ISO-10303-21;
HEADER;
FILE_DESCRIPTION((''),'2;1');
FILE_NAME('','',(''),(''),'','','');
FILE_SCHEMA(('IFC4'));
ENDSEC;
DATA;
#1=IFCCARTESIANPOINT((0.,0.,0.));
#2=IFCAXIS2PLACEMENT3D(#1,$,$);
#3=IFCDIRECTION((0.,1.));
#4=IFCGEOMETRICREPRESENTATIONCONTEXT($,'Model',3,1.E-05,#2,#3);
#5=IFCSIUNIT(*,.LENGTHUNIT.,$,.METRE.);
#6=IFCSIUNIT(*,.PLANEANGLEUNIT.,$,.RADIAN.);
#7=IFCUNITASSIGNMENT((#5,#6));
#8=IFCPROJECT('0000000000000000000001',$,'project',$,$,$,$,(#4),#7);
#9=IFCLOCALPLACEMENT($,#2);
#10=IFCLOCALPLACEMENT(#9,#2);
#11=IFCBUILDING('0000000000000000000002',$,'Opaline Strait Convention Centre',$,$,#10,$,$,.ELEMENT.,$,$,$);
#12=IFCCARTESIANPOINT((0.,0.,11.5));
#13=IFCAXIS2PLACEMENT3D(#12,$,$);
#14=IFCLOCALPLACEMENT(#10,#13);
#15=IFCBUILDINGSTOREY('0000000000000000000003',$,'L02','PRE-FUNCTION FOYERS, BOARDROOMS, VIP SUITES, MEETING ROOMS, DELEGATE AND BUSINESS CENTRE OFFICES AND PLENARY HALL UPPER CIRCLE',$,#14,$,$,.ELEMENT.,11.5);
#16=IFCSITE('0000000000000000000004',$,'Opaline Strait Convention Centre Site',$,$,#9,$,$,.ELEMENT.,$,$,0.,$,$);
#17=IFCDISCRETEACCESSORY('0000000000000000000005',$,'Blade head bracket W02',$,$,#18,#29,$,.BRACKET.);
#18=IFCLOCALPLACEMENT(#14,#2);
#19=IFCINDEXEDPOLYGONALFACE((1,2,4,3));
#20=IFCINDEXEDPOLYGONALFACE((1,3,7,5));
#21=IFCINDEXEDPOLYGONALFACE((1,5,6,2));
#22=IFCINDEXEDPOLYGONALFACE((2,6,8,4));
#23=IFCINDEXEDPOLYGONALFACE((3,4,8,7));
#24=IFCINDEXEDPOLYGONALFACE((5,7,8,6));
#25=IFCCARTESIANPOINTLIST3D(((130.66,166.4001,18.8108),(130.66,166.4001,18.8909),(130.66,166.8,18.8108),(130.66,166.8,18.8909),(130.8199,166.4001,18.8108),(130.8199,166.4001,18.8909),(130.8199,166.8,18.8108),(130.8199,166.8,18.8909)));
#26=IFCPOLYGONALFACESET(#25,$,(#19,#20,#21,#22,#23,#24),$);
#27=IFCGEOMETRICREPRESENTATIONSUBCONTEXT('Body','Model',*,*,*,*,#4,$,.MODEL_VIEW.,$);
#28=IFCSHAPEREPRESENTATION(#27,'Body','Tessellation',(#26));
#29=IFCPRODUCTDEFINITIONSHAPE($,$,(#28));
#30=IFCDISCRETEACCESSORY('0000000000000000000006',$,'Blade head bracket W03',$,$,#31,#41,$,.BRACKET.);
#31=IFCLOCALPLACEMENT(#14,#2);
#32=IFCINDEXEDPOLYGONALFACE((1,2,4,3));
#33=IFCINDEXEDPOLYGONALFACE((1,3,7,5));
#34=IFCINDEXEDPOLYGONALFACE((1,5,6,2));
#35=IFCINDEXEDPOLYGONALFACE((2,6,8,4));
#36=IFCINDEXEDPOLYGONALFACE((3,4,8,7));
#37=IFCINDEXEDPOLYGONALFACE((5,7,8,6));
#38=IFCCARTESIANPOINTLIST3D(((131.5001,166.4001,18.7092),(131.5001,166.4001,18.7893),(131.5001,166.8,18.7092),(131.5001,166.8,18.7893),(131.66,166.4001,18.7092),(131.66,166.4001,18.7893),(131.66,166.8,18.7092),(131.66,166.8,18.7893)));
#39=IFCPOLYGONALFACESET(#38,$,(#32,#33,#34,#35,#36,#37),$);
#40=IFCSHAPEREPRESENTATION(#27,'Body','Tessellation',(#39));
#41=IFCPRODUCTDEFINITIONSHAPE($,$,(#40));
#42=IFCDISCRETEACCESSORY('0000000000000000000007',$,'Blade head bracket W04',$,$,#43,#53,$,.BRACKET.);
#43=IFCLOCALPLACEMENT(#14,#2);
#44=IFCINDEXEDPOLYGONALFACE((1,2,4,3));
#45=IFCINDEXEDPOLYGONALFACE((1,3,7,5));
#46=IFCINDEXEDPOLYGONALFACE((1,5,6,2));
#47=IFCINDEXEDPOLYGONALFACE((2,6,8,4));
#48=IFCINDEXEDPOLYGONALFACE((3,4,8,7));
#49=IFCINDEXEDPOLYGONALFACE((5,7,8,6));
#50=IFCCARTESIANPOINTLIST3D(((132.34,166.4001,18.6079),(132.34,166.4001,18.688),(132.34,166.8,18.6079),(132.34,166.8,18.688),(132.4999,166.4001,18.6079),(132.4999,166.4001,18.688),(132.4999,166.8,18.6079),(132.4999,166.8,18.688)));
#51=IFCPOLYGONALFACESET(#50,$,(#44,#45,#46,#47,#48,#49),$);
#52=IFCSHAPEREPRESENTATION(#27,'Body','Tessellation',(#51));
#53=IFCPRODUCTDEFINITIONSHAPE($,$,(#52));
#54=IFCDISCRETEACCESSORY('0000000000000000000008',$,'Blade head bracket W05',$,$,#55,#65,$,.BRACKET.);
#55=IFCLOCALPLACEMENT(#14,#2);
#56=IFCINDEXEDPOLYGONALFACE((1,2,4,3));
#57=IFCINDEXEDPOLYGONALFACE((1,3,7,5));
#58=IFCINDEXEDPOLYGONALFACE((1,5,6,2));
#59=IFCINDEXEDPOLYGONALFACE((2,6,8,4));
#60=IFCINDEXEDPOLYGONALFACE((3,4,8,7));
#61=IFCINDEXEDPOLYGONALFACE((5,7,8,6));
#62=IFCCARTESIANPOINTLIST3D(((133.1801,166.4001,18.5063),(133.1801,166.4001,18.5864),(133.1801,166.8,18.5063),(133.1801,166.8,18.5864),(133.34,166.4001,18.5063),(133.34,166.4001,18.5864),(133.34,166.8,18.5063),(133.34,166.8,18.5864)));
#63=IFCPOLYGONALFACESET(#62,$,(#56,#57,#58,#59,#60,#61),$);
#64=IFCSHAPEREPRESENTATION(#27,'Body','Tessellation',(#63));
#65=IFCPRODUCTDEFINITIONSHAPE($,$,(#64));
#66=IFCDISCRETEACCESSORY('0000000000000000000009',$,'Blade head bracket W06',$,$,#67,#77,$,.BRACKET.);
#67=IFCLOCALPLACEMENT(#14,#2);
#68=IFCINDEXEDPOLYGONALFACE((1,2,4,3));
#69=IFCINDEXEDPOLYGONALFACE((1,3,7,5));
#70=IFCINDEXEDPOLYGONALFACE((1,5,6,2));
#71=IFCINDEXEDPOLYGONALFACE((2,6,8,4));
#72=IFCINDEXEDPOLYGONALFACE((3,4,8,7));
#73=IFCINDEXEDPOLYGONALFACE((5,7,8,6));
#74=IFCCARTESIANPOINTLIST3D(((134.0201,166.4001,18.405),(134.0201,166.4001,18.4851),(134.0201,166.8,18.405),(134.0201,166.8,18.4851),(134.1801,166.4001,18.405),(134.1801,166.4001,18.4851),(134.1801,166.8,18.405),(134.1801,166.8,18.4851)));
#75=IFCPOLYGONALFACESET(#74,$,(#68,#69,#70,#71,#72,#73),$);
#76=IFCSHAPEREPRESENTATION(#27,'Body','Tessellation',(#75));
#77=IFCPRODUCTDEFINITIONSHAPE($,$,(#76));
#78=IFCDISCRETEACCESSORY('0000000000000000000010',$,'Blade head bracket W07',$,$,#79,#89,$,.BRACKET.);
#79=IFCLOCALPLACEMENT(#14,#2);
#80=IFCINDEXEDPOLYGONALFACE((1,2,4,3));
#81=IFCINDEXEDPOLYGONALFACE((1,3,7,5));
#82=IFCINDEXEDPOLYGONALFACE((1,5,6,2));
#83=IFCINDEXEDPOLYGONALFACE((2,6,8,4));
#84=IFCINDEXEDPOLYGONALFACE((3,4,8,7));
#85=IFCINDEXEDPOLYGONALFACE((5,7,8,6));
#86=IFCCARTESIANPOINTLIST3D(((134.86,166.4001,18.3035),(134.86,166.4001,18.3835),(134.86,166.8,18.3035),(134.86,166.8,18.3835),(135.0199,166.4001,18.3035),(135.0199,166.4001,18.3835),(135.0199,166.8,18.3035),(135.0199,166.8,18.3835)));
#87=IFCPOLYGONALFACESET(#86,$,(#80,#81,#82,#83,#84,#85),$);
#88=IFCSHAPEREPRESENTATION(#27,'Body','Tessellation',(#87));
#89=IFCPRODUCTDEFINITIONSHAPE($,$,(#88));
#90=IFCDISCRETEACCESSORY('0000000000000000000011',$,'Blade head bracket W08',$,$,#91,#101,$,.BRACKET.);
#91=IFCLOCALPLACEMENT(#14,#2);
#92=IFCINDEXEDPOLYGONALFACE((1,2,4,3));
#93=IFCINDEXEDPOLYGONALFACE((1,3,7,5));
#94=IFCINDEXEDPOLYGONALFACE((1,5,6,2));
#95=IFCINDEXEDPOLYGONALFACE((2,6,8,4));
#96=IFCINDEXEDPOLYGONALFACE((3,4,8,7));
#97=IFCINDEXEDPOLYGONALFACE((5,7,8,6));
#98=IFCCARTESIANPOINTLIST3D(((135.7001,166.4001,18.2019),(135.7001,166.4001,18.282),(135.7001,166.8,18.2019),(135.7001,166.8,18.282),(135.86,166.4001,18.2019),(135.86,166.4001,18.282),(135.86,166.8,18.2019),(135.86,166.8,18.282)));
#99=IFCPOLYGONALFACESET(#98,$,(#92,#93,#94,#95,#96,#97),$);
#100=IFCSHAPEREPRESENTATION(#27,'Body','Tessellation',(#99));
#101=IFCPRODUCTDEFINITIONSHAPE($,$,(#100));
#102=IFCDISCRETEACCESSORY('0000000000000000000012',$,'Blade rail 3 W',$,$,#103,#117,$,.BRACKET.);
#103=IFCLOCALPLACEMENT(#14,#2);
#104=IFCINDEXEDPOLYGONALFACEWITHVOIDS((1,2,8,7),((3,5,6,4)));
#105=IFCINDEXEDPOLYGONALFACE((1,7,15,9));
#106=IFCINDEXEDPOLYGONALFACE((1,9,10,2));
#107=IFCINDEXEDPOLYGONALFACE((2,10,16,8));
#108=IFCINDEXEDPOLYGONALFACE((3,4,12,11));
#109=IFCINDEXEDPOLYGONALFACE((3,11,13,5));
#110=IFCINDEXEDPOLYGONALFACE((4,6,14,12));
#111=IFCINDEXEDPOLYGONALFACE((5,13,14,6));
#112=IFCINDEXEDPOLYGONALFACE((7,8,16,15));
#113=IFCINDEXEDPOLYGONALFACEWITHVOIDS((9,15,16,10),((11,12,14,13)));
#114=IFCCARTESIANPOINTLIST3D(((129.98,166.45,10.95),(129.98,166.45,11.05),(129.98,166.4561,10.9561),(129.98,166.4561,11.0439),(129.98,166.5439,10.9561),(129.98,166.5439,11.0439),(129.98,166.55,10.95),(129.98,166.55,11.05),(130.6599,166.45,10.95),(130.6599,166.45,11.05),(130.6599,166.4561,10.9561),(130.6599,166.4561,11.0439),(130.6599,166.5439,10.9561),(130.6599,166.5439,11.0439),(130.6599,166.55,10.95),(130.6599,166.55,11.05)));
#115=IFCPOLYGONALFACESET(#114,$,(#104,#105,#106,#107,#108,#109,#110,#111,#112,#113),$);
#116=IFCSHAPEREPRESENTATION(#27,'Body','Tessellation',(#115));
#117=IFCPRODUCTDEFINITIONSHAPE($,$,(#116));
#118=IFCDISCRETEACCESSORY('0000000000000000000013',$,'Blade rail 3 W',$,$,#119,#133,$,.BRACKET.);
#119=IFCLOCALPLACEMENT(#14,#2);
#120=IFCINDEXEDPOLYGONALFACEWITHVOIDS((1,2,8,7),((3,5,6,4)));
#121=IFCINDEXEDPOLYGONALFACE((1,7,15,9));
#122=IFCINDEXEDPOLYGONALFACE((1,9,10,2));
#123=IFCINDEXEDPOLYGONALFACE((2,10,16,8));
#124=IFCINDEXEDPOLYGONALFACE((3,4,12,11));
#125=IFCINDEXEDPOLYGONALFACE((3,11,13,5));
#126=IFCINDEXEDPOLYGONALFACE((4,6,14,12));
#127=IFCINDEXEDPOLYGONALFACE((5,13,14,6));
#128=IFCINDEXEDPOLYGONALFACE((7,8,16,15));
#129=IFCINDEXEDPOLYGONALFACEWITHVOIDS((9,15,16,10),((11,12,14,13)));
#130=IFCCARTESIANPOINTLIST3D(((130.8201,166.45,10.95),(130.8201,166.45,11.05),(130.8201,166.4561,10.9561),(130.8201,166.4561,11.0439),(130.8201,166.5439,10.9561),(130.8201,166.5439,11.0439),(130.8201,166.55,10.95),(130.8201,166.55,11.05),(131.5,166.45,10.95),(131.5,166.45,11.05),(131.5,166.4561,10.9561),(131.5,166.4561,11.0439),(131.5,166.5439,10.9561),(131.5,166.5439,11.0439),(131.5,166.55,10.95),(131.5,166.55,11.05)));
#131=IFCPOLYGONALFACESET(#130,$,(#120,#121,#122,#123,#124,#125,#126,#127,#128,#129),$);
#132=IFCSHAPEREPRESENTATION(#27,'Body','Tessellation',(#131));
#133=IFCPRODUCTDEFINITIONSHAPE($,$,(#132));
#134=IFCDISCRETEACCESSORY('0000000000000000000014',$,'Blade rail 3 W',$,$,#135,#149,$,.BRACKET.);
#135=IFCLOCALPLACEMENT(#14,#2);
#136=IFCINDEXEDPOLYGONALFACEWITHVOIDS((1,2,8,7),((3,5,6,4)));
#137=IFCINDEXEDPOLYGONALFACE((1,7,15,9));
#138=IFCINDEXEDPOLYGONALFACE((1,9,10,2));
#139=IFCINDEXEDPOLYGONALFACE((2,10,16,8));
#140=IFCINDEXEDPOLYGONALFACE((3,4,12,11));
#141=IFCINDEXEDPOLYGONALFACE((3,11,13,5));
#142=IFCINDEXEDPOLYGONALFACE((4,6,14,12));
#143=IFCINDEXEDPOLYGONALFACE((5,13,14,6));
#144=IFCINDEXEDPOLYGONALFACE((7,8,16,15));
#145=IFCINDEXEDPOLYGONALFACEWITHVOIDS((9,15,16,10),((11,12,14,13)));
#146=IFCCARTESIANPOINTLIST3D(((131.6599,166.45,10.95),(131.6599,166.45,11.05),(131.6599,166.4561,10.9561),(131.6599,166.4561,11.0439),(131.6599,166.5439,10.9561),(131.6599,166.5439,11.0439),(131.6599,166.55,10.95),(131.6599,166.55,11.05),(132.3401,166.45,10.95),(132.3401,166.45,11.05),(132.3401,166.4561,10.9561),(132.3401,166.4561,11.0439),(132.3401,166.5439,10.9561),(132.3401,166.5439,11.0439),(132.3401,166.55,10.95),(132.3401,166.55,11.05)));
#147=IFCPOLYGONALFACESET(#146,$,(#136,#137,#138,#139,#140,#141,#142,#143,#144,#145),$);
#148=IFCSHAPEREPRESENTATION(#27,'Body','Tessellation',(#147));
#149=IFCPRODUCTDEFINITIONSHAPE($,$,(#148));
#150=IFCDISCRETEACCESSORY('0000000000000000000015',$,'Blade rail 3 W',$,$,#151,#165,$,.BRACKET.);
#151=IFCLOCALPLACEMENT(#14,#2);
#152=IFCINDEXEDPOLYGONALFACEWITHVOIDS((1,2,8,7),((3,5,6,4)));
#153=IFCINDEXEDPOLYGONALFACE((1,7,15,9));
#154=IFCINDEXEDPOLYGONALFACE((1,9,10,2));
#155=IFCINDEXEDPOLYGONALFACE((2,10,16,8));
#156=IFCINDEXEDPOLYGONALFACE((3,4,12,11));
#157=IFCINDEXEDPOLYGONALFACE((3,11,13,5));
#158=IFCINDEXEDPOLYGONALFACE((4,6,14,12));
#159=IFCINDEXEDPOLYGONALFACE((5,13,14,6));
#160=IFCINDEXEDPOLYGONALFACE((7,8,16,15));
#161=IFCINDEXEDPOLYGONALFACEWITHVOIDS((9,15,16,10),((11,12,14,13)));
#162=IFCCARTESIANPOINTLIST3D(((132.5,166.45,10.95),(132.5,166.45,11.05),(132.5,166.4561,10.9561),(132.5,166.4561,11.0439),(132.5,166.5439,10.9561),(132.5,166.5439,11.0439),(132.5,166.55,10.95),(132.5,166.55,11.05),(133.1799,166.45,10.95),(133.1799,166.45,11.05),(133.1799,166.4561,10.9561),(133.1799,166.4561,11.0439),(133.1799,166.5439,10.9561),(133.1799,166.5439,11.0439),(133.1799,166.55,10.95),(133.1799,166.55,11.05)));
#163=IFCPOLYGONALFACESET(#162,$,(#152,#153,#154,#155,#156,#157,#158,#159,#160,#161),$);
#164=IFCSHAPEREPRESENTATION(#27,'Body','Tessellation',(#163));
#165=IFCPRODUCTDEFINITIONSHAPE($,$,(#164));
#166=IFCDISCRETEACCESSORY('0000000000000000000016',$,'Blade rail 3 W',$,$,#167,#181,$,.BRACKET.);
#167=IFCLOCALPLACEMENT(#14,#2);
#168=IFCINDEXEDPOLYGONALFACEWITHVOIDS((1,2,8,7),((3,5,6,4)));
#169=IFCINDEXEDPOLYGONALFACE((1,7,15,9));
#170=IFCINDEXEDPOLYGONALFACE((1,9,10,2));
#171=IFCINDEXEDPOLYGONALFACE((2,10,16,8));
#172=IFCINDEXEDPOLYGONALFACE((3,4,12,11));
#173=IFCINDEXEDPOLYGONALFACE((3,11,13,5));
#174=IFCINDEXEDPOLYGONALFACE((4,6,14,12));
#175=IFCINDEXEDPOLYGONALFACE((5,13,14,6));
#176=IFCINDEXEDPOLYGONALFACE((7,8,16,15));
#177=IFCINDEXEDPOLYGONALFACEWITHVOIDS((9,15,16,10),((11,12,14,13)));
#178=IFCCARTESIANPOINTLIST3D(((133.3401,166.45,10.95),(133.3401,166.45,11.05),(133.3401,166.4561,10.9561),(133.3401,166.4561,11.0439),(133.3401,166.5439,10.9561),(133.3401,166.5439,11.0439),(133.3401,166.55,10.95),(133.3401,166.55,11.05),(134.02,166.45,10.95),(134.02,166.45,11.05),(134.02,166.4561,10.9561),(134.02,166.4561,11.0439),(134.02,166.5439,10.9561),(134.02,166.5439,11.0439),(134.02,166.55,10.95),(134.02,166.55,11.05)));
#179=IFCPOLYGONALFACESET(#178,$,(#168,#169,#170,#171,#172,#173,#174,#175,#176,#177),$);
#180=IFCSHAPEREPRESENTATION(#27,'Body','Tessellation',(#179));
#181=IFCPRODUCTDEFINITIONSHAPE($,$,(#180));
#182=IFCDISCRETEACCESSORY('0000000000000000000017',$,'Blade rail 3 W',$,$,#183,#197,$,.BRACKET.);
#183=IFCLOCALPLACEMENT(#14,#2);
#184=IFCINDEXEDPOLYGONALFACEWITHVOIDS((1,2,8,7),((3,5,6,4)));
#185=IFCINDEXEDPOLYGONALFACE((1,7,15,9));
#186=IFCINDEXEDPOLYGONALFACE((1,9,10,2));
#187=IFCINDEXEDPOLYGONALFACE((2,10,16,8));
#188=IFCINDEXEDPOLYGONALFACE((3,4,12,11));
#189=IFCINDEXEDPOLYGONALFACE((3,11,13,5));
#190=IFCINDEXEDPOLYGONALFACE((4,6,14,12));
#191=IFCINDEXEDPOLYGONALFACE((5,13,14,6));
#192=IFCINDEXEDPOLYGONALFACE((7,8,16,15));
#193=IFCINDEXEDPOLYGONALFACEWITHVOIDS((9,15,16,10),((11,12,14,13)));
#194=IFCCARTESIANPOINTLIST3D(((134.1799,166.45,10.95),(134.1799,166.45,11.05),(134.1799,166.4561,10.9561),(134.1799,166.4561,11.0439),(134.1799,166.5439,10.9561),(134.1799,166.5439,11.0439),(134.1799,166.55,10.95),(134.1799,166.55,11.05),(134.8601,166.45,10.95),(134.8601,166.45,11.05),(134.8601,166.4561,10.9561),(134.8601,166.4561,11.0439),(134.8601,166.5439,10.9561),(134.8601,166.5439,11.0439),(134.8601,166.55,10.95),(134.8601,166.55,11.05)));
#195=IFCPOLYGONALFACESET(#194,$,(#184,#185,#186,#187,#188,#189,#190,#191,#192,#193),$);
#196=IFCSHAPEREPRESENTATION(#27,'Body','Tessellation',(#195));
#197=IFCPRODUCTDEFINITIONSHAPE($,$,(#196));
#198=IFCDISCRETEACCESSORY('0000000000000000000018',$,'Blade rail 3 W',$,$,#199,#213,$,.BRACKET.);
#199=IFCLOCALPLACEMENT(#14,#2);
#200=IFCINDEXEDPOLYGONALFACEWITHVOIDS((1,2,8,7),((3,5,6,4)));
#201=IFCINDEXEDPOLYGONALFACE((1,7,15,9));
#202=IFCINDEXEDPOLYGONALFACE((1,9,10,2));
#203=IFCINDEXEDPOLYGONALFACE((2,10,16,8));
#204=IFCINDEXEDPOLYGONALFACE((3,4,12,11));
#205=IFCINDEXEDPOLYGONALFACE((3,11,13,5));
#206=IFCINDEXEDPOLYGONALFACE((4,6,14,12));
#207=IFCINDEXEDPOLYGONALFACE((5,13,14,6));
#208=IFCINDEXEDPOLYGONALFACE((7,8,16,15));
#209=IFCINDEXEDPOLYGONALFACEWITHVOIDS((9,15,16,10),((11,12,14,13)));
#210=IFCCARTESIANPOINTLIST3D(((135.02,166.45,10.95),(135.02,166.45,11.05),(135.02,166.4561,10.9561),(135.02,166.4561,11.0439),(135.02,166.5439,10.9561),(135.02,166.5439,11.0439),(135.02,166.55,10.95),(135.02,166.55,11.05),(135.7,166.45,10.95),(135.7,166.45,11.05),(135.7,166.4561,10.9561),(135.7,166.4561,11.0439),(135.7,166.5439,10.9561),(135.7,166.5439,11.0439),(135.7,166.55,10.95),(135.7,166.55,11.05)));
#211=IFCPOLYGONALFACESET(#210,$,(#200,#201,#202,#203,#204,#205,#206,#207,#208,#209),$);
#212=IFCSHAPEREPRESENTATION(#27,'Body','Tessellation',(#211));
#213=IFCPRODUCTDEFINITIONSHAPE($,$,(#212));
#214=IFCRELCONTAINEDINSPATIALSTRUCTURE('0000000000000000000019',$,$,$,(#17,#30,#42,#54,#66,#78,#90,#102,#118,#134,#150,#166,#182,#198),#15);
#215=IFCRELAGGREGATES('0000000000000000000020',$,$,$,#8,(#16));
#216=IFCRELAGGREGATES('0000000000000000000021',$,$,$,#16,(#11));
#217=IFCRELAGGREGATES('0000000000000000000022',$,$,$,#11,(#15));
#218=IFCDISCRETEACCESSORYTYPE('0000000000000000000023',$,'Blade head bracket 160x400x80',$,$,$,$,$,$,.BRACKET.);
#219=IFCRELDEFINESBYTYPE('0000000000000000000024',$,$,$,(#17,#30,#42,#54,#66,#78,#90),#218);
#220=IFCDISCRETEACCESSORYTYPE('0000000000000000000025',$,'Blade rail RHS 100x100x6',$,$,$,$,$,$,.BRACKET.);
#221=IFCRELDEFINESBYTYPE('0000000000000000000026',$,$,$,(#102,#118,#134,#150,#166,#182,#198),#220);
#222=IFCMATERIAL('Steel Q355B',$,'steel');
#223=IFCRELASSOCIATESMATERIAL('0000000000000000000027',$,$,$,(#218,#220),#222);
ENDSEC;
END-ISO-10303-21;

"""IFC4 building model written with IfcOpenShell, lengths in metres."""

from ifc_helpers import new_model, si_unit, direction, frame, origin, origin_2d, place, context, subcontext, project, spatial, rectangle, hollow_rectangle, extrude, material, material_profile, profile_set, type_object, element, save


model = new_model("IFC4")

# Units and contexts
model_context = context("Model", 3, precision=1e-05, world=origin(), true_north=direction((0.0, 1.0)))
body_context = subcontext(model_context, "Body", "Model", "MODEL_VIEW")
ifc_project = project(units=[si_unit("LENGTHUNIT", "METRE"), si_unit("PLANEANGLEUNIT", "RADIAN")], contexts=[model_context])

# Site, building, storey
site_placement = place(None, origin())
site = spatial("IfcSite", under=ifc_project, at=site_placement, Name="Opaline Strait Convention Centre Site", CompositionType="ELEMENT", RefElevation=0.0)
building_placement = place(site_placement, origin())
building = spatial("IfcBuilding", under=site, at=building_placement, Name="Opaline Strait Convention Centre", CompositionType="ELEMENT")
storey_placement = place(building_placement, frame((0.0, 0.0, 11.5)))
storey = spatial("IfcBuildingStorey", under=building, at=storey_placement, Name="L02", Description="PRE-FUNCTION FOYERS, BOARDROOMS, VIP SUITES, MEETING ROOMS, DELEGATE AND BUSINESS CENTRE OFFICES AND PLENARY HALL UPPER CIRCLE", CompositionType="ELEMENT", Elevation=11.5)

# Shared definitions
ifc_material_1 = material(Name="Steel Q355B", Category="steel")

# Discrete accessories
discrete_accessory_type_1 = type_object("IfcDiscreteAccessoryType", Name="Blade head bracket 160x400x80", PredefinedType="BRACKET", material=ifc_material_1)
for number, where, z_axis, x_axis, name in (
    (1, (130.74, 166.6001, 18.8108), (0.0, 0.0, 1.0), (1.0, 0.0, 0.0), "Blade head bracket W02"),
    (2, (131.5801, 166.6001, 18.7092), (0.0, 0.0, 1.0), (1.0, 0.0, 0.0), "Blade head bracket W03"),
    (3, (132.4199, 166.6001, 18.6079), (0.0, 0.0, 1.0), (1.0, 0.0, 0.0), "Blade head bracket W04"),
    (4, (133.26, 166.6001, 18.5063), (0.0, 0.0, 1.0), (1.0, 0.0, 0.0), "Blade head bracket W05"),
    (5, (134.1001, 166.6001, 18.405), (0.0, 0.0, 1.0), (1.0, 0.0, 0.0), "Blade head bracket W06"),
    (6, (134.9399, 166.6001, 18.3035), (0.0, 0.0, 1.0), (1.0, 0.0, 0.0), "Blade head bracket W07"),
    (7, (135.78, 166.6001, 18.2019), (0.0, 0.0, 1.0), (1.0, 0.0, 0.0), "Blade head bracket W08"),
):
    element("IfcDiscreteAccessory", number, at=place(storey_placement, frame(where, z_axis=z_axis, x_axis=x_axis)), inside=storey, type_object=discrete_accessory_type_1, Name=name, PredefinedType="BRACKET", context=body_context, shape_type="SweptSolid", body=[
        extrude(rectangle(XDim=0.1599, YDim=0.3999, at=origin_2d()), origin(), (0.0, 0.0, 1.0), 0.0801),
    ])
ifc_material_profile_1 = material_profile(ifc_material_1, hollow_rectangle(XDim=0.1001, YDim=0.1001, WallThickness=0.0061, at=origin_2d()), Name="RHS 100x100x6")
ifc_profile_set_1 = profile_set([ifc_material_profile_1], Name="Steel Q355B")
discrete_accessory_type_2 = type_object("IfcDiscreteAccessoryType", Name="Blade rail RHS 100x100x6", PredefinedType="BRACKET", material=ifc_profile_set_1)
for number, where, z_axis, x_axis, name in (
    (8, (129.98, 166.5, 11.0), (1.0, 0.0, 0.0), (0.0, 1.0, 0.0), "Blade rail 3 W"),
    (9, (130.8201, 166.5, 11.0), (1.0, 0.0, 0.0), (0.0, 1.0, 0.0), "Blade rail 3 W"),
):
    element("IfcDiscreteAccessory", number, at=place(storey_placement, frame(where, z_axis=z_axis, x_axis=x_axis)), inside=storey, type_object=discrete_accessory_type_2, Name=name, PredefinedType="BRACKET", context=body_context, shape_type="SweptSolid", body=[
        extrude(hollow_rectangle(XDim=0.1001, YDim=0.1001, WallThickness=0.0061, at=origin_2d()), origin(), (0.0, 0.0, 1.0), 0.6799),
    ])
discrete_accessory_1_placement = place(storey_placement, frame((131.6599, 166.5, 11.0), z_axis=(1.0, 0.0, 0.0), x_axis=(0.0, 1.0, 0.0)))
element("IfcDiscreteAccessory", 10, at=discrete_accessory_1_placement, inside=storey, type_object=discrete_accessory_type_2, Name="Blade rail 3 W", PredefinedType="BRACKET", context=body_context, shape_type="SweptSolid", body=[
    extrude(hollow_rectangle(XDim=0.1001, YDim=0.1001, WallThickness=0.0061, at=origin_2d()), origin(), (0.0, 0.0, 1.0), 0.6802),
])
for number, where, z_axis, x_axis, name in (
    (11, (132.5, 166.5, 11.0), (1.0, 0.0, 0.0), (0.0, 1.0, 0.0), "Blade rail 3 W"),
    (12, (133.3401, 166.5, 11.0), (1.0, 0.0, 0.0), (0.0, 1.0, 0.0), "Blade rail 3 W"),
):
    element("IfcDiscreteAccessory", number, at=place(storey_placement, frame(where, z_axis=z_axis, x_axis=x_axis)), inside=storey, type_object=discrete_accessory_type_2, Name=name, PredefinedType="BRACKET", context=body_context, shape_type="SweptSolid", body=[
        extrude(hollow_rectangle(XDim=0.1001, YDim=0.1001, WallThickness=0.0061, at=origin_2d()), origin(), (0.0, 0.0, 1.0), 0.6799),
    ])
discrete_accessory_2_placement = place(storey_placement, frame((134.1799, 166.5, 11.0), z_axis=(1.0, 0.0, 0.0), x_axis=(0.0, 1.0, 0.0)))
element("IfcDiscreteAccessory", 13, at=discrete_accessory_2_placement, inside=storey, type_object=discrete_accessory_type_2, Name="Blade rail 3 W", PredefinedType="BRACKET", context=body_context, shape_type="SweptSolid", body=[
    extrude(hollow_rectangle(XDim=0.1001, YDim=0.1001, WallThickness=0.0061, at=origin_2d()), origin(), (0.0, 0.0, 1.0), 0.6802),
])
discrete_accessory_3_placement = place(storey_placement, frame((135.02, 166.5, 11.0), z_axis=(1.0, 0.0, 0.0), x_axis=(0.0, 1.0, 0.0)))
element("IfcDiscreteAccessory", 14, at=discrete_accessory_3_placement, inside=storey, type_object=discrete_accessory_type_2, Name="Blade rail 3 W", PredefinedType="BRACKET", context=body_context, shape_type="SweptSolid", body=[
    extrude(hollow_rectangle(XDim=0.1001, YDim=0.1001, WallThickness=0.0061, at=origin_2d()), origin(), (0.0, 0.0, 1.0), 0.6799),
])

save(model, "model.ifc")
